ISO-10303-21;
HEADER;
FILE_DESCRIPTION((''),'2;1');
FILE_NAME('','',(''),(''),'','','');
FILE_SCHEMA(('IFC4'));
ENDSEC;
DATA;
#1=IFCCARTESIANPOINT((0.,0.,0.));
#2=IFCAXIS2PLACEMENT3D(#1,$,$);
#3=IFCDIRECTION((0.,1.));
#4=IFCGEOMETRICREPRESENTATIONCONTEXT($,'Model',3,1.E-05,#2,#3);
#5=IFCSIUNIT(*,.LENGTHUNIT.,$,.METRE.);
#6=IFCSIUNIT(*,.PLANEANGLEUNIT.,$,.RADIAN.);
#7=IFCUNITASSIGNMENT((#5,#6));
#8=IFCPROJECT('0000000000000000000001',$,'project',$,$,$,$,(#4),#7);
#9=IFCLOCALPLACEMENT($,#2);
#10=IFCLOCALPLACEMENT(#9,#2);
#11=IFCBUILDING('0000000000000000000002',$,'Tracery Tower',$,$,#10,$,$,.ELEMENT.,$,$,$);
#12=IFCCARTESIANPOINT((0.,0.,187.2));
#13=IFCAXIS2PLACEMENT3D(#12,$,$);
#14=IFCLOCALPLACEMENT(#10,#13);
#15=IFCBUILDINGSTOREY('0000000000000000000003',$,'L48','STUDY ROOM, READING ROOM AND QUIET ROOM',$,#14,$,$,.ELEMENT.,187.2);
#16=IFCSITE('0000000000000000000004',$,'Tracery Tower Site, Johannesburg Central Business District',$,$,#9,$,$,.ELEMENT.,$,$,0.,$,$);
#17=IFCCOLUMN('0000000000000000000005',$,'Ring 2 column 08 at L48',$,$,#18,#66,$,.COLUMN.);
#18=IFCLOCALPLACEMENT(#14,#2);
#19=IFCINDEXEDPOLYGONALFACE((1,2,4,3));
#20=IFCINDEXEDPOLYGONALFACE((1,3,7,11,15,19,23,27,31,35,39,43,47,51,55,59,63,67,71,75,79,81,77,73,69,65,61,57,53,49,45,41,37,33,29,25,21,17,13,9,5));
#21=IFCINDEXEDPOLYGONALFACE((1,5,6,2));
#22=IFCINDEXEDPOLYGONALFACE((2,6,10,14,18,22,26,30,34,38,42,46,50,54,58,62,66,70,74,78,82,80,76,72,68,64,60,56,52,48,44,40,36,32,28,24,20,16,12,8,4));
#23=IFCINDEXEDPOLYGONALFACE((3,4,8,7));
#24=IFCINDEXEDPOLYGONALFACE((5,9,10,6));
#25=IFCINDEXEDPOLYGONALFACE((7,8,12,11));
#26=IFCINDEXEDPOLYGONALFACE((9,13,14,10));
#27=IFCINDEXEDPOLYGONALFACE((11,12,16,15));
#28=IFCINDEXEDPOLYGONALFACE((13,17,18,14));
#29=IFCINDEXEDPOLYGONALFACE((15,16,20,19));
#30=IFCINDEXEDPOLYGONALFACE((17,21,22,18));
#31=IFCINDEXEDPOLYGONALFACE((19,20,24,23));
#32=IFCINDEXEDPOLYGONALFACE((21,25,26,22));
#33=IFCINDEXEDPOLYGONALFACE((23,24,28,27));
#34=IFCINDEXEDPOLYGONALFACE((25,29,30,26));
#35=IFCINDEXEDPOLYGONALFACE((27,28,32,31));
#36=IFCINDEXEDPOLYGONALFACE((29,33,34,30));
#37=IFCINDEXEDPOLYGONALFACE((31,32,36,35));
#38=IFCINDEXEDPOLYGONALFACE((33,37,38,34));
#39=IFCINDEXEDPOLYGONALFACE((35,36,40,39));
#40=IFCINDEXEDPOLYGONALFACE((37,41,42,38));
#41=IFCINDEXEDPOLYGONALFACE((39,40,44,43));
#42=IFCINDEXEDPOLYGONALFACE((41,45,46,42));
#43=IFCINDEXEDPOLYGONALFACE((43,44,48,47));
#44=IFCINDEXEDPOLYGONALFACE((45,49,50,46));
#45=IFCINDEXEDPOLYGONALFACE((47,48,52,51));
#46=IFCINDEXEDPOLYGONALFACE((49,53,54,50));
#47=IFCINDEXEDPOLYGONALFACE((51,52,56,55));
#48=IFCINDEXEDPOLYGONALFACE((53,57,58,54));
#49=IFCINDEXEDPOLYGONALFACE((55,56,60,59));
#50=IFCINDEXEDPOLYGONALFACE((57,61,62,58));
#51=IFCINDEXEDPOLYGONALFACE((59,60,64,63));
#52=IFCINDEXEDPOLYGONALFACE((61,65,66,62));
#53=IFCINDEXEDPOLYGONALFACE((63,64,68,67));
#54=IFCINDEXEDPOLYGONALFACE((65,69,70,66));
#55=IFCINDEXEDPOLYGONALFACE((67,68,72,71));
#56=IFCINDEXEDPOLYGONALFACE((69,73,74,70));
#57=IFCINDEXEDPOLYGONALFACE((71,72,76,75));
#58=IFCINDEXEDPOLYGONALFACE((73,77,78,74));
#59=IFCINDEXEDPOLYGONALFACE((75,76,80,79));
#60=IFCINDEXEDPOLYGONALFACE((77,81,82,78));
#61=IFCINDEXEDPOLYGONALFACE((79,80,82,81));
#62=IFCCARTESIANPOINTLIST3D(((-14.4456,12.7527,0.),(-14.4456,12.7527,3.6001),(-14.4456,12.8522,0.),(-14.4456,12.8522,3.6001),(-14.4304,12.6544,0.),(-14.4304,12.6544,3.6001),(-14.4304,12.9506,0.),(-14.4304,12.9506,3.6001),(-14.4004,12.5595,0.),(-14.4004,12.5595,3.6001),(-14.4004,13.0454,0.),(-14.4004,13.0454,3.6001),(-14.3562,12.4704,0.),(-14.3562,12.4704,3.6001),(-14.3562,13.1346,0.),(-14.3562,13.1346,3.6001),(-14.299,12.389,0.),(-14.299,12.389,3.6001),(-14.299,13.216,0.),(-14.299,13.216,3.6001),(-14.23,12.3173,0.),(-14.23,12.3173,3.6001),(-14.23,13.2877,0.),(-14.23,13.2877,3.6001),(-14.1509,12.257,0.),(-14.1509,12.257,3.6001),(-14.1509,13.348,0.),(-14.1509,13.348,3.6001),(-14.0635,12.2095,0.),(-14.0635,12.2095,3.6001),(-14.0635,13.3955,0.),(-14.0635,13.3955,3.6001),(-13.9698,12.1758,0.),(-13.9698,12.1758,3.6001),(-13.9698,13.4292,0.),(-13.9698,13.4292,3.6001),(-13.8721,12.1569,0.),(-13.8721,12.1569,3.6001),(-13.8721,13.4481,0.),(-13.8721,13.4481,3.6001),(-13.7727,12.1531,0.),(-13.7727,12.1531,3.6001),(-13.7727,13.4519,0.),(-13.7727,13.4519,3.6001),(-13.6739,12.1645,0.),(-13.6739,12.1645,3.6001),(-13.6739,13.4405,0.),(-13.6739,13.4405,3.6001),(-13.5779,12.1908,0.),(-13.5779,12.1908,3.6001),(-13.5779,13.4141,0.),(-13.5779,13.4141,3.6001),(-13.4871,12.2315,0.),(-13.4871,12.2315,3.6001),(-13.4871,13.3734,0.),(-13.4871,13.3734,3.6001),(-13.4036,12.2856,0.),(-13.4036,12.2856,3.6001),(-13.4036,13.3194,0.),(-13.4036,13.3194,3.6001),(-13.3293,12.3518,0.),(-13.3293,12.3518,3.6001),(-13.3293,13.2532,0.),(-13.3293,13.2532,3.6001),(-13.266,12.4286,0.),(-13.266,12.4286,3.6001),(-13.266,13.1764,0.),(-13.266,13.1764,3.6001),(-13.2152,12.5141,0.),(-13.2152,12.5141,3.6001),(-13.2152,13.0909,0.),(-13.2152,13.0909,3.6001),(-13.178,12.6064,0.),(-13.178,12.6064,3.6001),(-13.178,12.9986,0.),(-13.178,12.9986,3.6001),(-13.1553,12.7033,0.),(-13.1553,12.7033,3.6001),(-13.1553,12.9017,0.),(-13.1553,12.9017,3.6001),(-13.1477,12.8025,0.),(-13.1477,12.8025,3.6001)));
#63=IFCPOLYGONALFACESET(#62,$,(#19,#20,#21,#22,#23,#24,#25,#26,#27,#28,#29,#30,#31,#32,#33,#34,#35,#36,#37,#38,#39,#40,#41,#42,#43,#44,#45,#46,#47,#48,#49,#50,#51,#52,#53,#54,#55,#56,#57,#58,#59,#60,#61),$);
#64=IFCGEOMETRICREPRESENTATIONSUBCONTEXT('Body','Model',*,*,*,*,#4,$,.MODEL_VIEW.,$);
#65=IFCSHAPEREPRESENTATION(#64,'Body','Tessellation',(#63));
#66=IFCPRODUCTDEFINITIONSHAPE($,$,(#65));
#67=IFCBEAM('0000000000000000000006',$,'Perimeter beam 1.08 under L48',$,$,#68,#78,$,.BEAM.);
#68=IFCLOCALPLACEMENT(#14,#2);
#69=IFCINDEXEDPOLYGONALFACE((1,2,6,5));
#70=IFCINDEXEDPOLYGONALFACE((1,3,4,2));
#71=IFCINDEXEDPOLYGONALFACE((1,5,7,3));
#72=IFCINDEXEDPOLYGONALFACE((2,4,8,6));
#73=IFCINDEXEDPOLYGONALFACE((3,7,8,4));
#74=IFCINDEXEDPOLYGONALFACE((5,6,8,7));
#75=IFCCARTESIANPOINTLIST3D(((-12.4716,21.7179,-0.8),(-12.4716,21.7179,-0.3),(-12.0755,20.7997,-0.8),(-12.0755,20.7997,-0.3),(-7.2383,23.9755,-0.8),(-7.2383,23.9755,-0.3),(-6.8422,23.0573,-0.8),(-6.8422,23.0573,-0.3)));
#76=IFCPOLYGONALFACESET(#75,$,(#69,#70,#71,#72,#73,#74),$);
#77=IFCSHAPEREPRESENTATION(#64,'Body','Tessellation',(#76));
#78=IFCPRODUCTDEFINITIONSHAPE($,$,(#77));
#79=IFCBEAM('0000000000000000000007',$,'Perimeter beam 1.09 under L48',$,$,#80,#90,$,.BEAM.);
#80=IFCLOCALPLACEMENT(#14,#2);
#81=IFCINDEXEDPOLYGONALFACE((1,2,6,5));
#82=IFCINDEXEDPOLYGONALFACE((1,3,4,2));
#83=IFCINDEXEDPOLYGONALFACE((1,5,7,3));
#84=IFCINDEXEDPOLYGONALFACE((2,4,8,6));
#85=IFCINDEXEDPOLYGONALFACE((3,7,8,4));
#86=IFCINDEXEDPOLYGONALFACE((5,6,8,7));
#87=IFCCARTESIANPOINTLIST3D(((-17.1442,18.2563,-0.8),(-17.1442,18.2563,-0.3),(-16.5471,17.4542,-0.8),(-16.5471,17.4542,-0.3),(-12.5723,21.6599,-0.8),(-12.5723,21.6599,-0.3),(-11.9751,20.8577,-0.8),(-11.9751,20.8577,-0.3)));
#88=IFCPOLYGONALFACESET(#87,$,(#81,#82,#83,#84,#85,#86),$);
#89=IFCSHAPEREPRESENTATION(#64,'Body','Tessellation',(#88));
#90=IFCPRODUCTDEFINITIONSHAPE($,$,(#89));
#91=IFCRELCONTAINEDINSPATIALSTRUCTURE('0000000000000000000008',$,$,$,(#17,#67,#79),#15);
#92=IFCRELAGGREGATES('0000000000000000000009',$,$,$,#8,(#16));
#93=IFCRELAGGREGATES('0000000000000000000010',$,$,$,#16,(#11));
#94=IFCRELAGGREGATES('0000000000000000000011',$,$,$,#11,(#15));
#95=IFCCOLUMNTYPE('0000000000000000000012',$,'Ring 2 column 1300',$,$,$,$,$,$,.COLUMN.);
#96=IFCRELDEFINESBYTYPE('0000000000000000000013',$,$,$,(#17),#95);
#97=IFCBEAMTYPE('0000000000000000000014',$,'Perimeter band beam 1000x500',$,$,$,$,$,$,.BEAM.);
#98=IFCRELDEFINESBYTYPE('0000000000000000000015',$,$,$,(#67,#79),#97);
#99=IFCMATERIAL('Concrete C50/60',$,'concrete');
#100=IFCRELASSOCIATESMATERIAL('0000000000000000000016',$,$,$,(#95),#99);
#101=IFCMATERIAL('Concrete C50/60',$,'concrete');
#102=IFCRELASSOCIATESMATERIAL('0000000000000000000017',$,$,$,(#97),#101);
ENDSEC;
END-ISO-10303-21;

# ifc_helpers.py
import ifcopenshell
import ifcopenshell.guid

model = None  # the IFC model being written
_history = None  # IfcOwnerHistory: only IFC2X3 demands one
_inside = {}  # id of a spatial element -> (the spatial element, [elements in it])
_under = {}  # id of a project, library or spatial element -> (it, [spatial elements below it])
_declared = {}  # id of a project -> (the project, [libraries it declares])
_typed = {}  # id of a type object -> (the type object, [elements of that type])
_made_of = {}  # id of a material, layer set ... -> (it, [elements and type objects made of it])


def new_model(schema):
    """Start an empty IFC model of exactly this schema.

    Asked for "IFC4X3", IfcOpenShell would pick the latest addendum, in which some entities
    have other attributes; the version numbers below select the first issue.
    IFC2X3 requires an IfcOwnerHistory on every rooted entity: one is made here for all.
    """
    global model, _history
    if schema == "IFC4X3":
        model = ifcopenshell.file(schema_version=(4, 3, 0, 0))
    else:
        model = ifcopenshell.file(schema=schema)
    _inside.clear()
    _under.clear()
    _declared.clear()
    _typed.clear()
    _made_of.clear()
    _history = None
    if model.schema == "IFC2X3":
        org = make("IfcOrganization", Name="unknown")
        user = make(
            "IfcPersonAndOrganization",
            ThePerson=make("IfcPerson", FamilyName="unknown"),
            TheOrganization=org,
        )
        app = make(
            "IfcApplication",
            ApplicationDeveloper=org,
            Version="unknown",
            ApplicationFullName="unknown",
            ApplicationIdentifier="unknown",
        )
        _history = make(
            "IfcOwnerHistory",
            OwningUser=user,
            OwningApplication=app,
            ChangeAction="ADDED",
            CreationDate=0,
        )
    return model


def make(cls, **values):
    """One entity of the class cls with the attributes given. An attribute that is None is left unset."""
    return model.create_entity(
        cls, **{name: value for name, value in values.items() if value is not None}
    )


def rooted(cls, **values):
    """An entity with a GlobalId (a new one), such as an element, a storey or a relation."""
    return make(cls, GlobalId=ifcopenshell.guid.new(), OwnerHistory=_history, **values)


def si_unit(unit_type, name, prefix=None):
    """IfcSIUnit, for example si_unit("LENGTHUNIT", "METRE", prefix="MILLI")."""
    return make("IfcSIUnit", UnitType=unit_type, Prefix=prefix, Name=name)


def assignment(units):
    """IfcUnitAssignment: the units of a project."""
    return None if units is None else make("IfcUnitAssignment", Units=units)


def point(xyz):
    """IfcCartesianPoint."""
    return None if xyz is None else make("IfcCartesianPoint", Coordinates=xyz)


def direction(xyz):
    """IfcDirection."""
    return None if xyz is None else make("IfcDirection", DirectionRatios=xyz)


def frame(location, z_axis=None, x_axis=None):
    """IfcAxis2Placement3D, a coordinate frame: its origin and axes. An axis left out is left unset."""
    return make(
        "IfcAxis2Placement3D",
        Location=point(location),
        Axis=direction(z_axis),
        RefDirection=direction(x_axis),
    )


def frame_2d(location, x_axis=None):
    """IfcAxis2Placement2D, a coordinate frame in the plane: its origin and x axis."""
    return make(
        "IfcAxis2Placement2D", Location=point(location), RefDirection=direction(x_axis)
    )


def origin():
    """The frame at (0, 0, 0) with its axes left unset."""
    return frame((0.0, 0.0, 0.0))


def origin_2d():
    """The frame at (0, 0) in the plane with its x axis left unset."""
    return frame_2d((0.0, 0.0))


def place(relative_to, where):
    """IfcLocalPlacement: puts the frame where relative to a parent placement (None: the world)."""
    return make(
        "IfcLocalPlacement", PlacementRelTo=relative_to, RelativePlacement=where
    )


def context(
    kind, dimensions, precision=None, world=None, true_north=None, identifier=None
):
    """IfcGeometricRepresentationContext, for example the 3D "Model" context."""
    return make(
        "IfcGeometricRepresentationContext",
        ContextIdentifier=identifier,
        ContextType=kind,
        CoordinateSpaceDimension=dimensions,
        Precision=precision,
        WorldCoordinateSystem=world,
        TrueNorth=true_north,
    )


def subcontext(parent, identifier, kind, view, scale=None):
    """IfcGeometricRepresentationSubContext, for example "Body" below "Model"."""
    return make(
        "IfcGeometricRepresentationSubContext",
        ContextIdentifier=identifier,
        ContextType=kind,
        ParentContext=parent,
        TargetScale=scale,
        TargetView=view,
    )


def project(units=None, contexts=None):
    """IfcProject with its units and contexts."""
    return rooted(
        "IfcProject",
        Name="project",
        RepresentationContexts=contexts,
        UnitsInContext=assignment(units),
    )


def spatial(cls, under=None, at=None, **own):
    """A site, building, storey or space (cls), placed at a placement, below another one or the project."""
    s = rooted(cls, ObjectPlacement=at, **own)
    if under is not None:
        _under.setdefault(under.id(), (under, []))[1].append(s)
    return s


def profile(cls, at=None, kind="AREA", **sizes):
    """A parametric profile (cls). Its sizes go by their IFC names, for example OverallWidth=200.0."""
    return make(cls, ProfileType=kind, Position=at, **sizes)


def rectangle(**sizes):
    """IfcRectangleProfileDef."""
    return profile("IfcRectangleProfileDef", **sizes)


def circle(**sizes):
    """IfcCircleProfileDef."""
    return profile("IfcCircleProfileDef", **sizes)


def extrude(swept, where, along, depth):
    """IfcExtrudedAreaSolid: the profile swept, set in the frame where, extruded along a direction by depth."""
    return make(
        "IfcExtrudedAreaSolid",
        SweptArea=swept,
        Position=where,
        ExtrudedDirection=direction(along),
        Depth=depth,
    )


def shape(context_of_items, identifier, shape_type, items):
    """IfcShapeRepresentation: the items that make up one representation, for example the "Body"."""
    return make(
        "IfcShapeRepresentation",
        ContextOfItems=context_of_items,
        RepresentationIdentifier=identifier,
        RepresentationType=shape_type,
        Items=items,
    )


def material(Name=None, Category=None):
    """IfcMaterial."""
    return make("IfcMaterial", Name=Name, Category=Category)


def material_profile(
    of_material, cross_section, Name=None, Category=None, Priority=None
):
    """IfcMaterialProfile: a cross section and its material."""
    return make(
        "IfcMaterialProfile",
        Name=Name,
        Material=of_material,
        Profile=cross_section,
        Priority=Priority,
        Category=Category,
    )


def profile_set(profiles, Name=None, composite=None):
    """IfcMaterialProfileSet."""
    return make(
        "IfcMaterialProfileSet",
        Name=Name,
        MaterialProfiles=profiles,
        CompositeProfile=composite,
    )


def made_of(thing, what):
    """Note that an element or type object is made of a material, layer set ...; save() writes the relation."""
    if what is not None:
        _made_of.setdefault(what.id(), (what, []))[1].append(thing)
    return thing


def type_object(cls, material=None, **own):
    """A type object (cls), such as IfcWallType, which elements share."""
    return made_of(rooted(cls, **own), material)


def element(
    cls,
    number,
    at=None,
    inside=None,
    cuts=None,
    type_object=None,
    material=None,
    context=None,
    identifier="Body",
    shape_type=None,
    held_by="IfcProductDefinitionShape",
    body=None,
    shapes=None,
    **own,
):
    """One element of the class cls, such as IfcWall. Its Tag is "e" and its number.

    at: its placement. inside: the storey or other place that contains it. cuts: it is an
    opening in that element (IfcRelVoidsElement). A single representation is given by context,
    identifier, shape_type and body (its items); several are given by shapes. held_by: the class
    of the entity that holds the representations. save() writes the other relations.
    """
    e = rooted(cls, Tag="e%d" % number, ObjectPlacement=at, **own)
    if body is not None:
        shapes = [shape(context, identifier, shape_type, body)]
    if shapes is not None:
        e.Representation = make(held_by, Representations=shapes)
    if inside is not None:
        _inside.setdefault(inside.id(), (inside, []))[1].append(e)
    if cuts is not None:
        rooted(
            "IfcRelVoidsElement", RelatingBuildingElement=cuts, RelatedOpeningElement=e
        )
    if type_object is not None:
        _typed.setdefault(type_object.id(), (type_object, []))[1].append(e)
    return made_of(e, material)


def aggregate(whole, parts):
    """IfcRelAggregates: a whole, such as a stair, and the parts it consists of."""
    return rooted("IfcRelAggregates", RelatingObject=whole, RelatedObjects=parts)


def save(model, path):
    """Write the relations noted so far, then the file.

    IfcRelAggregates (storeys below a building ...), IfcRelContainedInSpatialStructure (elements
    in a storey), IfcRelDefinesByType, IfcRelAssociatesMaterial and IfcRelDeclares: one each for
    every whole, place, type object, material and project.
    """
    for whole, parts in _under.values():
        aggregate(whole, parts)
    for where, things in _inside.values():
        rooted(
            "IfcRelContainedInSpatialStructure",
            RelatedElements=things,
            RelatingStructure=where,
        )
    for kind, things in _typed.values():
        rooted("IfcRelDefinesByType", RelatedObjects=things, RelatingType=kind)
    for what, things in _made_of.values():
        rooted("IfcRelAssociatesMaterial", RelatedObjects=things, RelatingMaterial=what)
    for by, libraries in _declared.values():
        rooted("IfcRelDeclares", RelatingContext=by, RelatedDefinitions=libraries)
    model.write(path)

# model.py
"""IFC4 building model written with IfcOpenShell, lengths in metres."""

from ifc_helpers import new_model, si_unit, direction, frame, origin, origin_2d, place, context, subcontext, project, spatial, rectangle, circle, extrude, material, material_profile, profile_set, type_object, element, save


model = new_model("IFC4")

# Units and contexts
model_context = context("Model", 3, precision=1e-05, world=origin(), true_north=direction((0.0, 1.0)))
body_context = subcontext(model_context, "Body", "Model", "MODEL_VIEW")
ifc_project = project(units=[si_unit("LENGTHUNIT", "METRE"), si_unit("PLANEANGLEUNIT", "RADIAN")], contexts=[model_context])

# Site, building, storey
site_placement = place(None, origin())
site = spatial("IfcSite", under=ifc_project, at=site_placement, Name="Tracery Tower Site, Johannesburg Central Business District", CompositionType="ELEMENT", RefElevation=0.0)
building_placement = place(site_placement, origin())
building = spatial("IfcBuilding", under=site, at=building_placement, Name="Tracery Tower", CompositionType="ELEMENT")
storey_placement = place(building_placement, frame((0.0, 0.0, 187.2)))
storey = spatial("IfcBuildingStorey", under=building, at=storey_placement, Name="L48", Description="STUDY ROOM, READING ROOM AND QUIET ROOM", CompositionType="ELEMENT", Elevation=187.2)

# Column
ifc_material_1 = material(Name="Concrete C50/60", Category="concrete")
ifc_material_profile_1 = material_profile(ifc_material_1, circle(Radius=0.6499, at=origin_2d()), Name="RC D1300")
ifc_profile_set_1 = profile_set([ifc_material_profile_1], Name="Concrete C50/60")
column_type_1 = type_object("IfcColumnType", Name="Ring 2 column 1300", PredefinedType="COLUMN", material=ifc_profile_set_1)
for number, where, z_axis, x_axis, name in (
    (1, (-13.7976, 12.8025, 0.0), (0.0, 0.0, 1.0), (1.0, 0.0, 0.0), "Ring 2 column 08 at L48"),
):
    element("IfcColumn", number, at=place(storey_placement, frame(where, z_axis=z_axis, x_axis=x_axis)), inside=storey, type_object=column_type_1, Name=name, PredefinedType="COLUMN", context=body_context, shape_type="SweptSolid", body=[
        extrude(circle(Radius=0.6499, at=origin_2d()), origin(), (0.0, 0.0, 1.0), 3.6001),
    ])

# Beams
ifc_material_2 = material(Name="Concrete C50/60", Category="concrete")
ifc_material_profile_2 = material_profile(ifc_material_2, rectangle(XDim=1.0, YDim=0.5, at=origin_2d()), Name="RC 1000x500")
ifc_profile_set_2 = profile_set([ifc_material_profile_2], Name="Concrete C50/60")
beam_type = type_object("IfcBeamType", Name="Perimeter band beam 1000x500", PredefinedType="BEAM", material=ifc_profile_set_2)
beam_1_placement = place(storey_placement, frame((-7.0403, 23.5164, -0.55), z_axis=(-0.91821, -0.396095, 0.0), x_axis=(0.396095, -0.91821, 0.0)))
element("IfcBeam", 2, at=beam_1_placement, inside=storey, type_object=beam_type, Name="Perimeter beam 1.08 under L48", PredefinedType="BEAM", context=body_context, shape_type="SweptSolid", body=[
    extrude(rectangle(XDim=1.0, YDim=0.5, at=origin_2d()), origin(), (0.0, 0.0, 1.0), 5.6995),
])
beam_2_placement = place(storey_placement, frame((-12.2737, 21.2588, -0.55), z_axis=(-0.802138, -0.597138, 0.0), x_axis=(0.597138, -0.802138, 0.0)))
element("IfcBeam", 3, at=beam_2_placement, inside=storey, type_object=beam_type, Name="Perimeter beam 1.09 under L48", PredefinedType="BEAM", context=body_context, shape_type="SweptSolid", body=[
    extrude(rectangle(XDim=1.0, YDim=0.5, at=origin_2d()), origin(), (0.0, 0.0, 1.0), 5.6997),
])

save(model, "model.ifc")
